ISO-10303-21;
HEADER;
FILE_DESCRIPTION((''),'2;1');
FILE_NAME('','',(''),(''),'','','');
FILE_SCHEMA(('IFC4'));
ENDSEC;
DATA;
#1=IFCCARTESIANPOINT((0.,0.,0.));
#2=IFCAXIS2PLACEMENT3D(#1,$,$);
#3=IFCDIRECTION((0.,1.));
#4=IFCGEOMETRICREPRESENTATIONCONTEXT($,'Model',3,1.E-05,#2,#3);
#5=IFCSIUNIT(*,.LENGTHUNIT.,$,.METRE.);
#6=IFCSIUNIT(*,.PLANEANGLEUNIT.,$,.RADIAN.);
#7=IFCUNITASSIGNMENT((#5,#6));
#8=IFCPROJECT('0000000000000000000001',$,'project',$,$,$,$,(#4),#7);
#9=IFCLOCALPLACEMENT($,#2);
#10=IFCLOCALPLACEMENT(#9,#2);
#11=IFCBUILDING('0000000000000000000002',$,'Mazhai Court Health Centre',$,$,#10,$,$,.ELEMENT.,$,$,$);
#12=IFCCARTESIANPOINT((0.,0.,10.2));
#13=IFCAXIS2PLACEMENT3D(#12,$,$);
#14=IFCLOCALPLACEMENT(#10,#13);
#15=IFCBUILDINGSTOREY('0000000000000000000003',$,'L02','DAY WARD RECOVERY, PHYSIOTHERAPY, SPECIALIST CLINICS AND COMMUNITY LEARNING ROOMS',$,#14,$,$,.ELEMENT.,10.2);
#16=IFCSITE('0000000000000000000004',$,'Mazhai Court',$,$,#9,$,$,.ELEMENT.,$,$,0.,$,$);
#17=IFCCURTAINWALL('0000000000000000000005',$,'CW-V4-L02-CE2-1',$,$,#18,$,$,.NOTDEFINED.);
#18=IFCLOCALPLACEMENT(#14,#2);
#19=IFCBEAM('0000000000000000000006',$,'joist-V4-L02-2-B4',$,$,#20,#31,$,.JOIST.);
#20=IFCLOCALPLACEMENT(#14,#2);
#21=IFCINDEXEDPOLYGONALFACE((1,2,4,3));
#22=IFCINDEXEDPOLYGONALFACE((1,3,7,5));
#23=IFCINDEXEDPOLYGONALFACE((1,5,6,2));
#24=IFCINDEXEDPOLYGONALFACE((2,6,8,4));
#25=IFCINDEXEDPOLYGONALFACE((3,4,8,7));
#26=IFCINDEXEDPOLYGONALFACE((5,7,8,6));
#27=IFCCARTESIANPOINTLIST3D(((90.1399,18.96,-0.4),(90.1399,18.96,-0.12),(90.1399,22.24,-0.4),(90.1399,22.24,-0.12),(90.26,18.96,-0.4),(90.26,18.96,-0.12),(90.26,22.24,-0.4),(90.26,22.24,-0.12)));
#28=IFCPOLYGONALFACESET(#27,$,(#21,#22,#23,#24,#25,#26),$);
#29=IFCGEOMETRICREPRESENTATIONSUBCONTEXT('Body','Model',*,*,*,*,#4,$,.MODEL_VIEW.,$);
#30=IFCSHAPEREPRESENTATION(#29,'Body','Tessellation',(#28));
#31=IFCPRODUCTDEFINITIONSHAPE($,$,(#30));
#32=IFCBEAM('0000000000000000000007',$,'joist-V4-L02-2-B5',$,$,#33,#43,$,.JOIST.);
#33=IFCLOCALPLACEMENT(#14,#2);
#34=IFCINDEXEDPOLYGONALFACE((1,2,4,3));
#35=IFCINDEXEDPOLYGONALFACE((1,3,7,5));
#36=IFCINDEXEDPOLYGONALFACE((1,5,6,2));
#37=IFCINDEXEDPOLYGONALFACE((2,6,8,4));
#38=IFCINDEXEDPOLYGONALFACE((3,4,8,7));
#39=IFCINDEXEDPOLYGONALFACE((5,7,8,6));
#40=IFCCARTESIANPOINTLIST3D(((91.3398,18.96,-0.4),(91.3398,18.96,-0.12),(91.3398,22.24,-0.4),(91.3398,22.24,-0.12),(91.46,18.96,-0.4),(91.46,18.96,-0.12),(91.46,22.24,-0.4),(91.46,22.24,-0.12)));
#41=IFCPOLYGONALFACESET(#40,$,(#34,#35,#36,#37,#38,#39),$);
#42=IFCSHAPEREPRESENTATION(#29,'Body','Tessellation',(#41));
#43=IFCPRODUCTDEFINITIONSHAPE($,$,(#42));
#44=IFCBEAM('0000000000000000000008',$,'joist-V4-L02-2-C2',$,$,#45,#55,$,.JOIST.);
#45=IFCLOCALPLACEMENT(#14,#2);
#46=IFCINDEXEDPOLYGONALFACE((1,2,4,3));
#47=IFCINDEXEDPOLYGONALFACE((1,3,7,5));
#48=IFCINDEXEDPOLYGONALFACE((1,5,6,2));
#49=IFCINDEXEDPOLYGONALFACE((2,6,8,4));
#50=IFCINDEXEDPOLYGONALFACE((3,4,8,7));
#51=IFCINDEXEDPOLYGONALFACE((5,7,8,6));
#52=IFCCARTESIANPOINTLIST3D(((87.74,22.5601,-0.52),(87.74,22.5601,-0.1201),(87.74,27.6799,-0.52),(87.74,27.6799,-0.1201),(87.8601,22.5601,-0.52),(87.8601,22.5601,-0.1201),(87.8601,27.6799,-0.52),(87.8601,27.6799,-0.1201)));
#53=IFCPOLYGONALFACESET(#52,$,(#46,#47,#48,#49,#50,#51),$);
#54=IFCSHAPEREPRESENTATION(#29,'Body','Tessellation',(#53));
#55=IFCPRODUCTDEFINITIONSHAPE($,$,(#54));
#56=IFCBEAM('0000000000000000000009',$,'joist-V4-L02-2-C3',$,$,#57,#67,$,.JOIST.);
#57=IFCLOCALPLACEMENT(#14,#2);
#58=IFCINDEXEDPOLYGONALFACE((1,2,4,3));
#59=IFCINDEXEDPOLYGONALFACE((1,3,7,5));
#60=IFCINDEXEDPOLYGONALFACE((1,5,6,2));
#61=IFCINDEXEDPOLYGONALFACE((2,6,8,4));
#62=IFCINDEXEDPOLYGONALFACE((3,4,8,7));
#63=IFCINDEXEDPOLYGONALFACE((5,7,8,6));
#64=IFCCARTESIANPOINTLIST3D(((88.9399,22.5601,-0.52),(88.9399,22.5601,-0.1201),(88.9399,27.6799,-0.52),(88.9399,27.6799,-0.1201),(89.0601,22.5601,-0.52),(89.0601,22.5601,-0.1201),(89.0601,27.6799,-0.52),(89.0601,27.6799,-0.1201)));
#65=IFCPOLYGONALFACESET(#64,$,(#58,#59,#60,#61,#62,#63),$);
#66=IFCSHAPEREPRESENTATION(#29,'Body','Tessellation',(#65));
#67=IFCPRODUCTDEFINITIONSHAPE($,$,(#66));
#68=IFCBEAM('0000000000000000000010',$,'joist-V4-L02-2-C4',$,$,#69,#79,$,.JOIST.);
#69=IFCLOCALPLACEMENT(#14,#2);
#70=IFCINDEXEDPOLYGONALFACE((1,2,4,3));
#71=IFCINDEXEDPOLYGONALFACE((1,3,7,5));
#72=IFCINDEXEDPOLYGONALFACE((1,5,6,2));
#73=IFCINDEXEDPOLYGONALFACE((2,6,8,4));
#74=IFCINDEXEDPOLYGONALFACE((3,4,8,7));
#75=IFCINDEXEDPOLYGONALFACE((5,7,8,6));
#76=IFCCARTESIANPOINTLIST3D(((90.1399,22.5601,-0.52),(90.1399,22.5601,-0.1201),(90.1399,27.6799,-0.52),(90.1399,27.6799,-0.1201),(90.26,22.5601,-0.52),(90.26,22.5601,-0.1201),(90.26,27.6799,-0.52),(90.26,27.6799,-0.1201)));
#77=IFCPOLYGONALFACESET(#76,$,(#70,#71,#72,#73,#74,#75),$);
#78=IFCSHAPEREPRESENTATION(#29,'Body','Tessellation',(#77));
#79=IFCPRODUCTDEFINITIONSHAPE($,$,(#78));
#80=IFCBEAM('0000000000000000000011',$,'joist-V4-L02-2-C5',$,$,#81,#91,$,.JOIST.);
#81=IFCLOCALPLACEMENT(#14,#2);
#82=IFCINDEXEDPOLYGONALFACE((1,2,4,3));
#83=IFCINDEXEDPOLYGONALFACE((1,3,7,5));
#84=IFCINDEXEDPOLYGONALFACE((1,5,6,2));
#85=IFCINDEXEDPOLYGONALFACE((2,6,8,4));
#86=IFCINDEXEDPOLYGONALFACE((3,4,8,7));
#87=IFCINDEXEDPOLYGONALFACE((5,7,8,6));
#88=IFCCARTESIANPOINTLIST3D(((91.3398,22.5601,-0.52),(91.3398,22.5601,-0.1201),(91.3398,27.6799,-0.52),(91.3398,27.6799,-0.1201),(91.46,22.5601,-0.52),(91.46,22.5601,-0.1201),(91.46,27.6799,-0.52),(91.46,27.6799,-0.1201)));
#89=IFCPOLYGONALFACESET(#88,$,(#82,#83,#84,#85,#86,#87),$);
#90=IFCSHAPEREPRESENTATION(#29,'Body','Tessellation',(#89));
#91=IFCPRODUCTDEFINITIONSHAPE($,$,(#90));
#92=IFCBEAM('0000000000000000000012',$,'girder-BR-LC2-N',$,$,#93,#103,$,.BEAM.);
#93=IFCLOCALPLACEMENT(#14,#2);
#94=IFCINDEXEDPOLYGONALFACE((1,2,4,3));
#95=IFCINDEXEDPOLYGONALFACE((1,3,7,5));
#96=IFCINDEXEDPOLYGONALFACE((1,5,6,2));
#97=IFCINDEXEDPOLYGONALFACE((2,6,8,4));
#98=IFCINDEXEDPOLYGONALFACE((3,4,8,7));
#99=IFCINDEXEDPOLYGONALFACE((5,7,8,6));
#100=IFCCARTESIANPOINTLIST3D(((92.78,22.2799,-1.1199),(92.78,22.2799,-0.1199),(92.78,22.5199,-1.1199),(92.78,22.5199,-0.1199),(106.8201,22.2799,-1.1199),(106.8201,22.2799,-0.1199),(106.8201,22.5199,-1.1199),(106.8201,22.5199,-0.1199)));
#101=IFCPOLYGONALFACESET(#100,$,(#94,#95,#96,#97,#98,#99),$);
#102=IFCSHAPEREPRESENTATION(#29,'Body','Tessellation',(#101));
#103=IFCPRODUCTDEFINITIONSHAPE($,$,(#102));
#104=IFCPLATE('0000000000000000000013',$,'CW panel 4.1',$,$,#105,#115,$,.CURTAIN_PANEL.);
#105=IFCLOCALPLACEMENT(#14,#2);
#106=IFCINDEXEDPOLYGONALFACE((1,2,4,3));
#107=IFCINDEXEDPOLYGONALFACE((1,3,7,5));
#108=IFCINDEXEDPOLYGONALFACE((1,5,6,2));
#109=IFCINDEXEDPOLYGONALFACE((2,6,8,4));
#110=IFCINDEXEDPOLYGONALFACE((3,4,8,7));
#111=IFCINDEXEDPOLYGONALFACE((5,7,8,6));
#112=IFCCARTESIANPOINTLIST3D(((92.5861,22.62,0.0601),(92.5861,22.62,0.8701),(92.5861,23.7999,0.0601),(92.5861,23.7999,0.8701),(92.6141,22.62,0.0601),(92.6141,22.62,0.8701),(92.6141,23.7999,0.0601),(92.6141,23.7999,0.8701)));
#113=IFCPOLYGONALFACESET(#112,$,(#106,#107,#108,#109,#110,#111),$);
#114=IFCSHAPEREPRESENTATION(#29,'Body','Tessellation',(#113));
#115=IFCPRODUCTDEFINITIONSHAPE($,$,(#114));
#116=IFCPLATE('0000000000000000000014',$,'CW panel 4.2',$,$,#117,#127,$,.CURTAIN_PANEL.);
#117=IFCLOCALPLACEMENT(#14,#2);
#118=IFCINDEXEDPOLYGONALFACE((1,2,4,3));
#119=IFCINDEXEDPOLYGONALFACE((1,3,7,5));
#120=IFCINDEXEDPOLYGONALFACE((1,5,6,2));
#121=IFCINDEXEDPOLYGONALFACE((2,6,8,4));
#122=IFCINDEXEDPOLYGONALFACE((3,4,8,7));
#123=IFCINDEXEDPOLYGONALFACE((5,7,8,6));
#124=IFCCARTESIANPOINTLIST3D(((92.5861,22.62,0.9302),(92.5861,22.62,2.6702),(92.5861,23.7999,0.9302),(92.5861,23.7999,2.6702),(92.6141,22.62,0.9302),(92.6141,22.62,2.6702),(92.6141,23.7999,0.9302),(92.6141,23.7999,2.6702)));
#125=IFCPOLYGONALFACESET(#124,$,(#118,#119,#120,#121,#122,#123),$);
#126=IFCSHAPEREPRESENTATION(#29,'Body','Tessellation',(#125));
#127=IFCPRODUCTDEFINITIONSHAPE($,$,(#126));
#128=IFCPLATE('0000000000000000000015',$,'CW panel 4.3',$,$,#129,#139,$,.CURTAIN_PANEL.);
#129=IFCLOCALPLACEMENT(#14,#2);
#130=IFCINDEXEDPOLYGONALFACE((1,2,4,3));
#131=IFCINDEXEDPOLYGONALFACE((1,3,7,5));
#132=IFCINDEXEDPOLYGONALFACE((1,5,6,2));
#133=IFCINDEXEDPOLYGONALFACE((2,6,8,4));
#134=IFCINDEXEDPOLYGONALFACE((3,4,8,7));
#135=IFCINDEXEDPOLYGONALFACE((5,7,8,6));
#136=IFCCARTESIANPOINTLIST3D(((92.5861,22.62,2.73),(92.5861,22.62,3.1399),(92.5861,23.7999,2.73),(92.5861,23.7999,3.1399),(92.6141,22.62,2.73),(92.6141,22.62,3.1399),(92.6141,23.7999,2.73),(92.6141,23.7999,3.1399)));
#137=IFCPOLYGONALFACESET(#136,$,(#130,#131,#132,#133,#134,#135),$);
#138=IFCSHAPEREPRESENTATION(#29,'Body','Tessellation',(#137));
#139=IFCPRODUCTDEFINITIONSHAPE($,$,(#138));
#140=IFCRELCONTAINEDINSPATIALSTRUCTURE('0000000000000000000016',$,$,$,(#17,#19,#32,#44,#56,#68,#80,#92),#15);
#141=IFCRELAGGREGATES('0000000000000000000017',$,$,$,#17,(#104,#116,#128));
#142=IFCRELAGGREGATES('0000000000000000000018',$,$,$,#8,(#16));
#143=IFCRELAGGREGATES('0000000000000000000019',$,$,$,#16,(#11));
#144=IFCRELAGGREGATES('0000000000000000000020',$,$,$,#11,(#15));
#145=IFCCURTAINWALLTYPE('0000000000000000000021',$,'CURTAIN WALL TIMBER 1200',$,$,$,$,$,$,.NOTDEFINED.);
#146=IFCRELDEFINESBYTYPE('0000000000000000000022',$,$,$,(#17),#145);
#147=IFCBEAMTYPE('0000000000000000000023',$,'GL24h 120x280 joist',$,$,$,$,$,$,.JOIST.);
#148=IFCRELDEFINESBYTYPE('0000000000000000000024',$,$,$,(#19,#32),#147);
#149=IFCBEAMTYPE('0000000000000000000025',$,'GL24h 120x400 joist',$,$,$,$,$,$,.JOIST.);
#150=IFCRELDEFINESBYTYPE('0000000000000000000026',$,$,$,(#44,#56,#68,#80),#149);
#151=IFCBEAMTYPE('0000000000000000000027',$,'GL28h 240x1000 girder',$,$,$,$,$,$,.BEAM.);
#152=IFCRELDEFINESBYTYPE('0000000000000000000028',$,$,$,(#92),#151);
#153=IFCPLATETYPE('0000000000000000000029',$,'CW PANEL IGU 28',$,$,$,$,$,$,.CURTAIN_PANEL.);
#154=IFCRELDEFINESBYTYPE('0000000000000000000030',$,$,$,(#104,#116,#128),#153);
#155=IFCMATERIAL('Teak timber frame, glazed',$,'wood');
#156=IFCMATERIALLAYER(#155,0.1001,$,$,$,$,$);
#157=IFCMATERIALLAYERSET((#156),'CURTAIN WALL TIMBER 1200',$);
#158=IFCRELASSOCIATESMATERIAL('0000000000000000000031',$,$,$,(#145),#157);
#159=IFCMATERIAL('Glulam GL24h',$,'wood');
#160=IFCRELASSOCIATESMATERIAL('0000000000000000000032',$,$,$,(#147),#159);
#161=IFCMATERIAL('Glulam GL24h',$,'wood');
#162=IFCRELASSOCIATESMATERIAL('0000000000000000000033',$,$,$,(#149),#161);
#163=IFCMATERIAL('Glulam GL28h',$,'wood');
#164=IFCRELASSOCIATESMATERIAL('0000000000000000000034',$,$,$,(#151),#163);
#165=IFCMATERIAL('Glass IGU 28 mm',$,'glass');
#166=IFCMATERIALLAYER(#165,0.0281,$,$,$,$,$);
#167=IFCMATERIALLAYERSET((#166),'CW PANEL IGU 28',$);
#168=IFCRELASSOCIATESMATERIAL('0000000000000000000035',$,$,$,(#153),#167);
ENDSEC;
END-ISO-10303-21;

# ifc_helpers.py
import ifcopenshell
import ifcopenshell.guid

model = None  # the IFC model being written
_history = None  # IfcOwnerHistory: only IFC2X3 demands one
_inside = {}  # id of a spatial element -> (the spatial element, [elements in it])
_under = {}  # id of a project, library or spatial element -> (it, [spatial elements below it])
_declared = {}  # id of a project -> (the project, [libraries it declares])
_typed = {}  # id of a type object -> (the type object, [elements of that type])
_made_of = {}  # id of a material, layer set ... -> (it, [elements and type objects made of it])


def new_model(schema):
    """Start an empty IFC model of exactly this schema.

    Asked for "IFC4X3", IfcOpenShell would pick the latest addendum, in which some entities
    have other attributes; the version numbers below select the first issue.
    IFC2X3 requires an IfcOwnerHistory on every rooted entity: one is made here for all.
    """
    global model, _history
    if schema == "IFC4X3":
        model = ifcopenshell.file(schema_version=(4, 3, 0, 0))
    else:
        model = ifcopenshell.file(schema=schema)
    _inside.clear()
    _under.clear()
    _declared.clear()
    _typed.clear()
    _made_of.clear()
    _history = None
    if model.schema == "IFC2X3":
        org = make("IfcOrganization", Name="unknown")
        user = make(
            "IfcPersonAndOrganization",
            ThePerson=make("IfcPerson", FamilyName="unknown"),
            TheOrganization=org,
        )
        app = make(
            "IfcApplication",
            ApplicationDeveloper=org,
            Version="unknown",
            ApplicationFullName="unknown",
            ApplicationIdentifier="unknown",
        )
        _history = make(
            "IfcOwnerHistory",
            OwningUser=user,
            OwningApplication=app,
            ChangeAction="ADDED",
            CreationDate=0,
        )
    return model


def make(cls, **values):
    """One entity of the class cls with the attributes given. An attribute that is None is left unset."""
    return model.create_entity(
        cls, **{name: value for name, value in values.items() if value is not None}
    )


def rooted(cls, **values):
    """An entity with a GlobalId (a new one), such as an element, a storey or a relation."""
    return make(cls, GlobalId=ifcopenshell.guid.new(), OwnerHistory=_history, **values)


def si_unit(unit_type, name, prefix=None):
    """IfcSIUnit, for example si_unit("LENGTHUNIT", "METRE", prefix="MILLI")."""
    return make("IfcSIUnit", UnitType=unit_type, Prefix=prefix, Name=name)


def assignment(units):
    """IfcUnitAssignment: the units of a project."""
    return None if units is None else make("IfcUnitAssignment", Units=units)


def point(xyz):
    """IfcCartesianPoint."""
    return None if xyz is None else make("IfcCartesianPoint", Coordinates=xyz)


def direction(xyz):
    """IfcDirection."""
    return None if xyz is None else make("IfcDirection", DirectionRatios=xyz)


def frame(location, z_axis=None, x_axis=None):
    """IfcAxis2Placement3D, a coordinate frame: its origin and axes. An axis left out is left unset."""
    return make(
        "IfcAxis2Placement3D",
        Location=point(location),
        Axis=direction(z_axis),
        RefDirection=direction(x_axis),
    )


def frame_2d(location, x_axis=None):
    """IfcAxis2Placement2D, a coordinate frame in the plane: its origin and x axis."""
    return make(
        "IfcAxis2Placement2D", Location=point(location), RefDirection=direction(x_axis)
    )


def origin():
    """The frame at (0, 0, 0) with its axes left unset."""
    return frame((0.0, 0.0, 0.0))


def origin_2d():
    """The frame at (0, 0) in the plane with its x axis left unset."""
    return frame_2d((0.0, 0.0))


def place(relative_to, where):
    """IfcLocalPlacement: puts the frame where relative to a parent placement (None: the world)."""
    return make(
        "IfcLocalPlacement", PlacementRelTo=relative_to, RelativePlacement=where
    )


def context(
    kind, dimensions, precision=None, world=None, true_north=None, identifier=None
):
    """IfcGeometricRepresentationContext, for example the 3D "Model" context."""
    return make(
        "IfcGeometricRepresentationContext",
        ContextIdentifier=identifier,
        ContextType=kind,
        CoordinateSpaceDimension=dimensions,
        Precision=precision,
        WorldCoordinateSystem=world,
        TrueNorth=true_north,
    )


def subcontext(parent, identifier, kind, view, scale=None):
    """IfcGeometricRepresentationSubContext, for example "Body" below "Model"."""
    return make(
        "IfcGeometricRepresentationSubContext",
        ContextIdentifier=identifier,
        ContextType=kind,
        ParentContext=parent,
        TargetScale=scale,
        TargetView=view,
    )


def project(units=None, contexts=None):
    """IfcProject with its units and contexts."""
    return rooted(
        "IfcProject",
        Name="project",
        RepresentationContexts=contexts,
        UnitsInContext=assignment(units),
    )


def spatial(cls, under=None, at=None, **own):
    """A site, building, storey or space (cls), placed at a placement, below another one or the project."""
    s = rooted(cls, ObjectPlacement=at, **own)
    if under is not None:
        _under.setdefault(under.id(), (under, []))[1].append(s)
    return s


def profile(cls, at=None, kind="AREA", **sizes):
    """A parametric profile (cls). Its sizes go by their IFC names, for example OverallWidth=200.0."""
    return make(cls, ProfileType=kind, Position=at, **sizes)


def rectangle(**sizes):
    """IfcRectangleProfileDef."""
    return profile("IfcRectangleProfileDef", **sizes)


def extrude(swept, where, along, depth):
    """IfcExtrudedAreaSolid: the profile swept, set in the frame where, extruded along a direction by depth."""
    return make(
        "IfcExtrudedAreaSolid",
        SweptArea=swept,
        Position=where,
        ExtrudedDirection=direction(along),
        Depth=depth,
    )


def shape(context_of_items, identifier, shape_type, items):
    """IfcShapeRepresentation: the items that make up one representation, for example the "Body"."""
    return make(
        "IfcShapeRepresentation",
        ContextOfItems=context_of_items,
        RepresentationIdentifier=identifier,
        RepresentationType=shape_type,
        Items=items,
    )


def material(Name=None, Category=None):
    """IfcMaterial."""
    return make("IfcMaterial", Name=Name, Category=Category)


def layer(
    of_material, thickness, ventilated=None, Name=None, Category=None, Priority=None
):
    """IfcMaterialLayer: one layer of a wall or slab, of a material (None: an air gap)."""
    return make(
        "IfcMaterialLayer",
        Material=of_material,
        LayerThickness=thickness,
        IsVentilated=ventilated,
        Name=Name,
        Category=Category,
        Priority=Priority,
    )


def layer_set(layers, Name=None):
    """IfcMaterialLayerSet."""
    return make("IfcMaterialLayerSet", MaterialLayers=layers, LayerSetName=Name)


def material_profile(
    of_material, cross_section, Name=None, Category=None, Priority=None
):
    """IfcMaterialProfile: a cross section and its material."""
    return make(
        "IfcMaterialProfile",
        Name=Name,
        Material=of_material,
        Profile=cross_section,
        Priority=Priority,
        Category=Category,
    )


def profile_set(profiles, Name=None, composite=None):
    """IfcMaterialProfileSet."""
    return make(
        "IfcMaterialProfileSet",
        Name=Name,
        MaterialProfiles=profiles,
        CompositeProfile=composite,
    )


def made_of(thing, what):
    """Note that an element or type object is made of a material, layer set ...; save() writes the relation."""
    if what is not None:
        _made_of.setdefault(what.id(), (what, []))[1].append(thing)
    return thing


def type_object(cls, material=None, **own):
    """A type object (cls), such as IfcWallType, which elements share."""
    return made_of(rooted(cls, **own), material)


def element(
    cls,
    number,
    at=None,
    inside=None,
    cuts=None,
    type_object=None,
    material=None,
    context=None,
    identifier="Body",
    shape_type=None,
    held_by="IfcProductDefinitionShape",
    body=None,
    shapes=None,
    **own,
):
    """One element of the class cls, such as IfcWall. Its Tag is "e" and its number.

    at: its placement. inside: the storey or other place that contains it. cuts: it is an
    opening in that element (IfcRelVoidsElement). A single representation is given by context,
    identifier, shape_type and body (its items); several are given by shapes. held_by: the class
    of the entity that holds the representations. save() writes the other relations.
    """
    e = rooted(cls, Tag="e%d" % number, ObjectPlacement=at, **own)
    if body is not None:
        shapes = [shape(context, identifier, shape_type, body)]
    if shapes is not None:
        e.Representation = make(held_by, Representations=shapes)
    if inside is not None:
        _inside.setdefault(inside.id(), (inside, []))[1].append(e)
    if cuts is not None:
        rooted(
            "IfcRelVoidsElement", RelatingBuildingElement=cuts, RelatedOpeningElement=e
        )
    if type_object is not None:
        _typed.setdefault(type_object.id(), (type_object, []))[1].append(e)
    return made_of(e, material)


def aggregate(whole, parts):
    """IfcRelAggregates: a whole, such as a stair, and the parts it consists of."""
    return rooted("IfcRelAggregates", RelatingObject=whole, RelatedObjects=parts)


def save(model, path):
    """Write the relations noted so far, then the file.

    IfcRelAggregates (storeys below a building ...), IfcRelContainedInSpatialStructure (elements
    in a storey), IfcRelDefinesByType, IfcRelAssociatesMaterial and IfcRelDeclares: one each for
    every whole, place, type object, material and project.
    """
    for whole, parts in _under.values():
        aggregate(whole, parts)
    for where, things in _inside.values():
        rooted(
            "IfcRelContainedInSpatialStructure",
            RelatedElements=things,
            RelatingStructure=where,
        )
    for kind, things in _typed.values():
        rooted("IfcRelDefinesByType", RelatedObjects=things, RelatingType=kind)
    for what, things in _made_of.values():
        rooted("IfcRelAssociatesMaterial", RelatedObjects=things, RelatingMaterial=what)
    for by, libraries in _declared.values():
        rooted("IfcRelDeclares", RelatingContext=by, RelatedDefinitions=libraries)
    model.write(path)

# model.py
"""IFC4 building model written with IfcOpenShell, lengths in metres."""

from ifc_helpers import new_model, si_unit, direction, frame, origin, origin_2d, place, context, subcontext, project, spatial, rectangle, extrude, material, layer, layer_set, material_profile, profile_set, type_object, element, aggregate, save


model = new_model("IFC4")

# Units and contexts
model_context = context("Model", 3, precision=1e-05, world=origin(), true_north=direction((0.0, 1.0)))
body_context = subcontext(model_context, "Body", "Model", "MODEL_VIEW")
ifc_project = project(units=[si_unit("LENGTHUNIT", "METRE"), si_unit("PLANEANGLEUNIT", "RADIAN")], contexts=[model_context])

# Site, building, storey
site_placement = place(None, origin())
site = spatial("IfcSite", under=ifc_project, at=site_placement, Name="Mazhai Court", CompositionType="ELEMENT", RefElevation=0.0)
building_placement = place(site_placement, origin())
building = spatial("IfcBuilding", under=site, at=building_placement, Name="Mazhai Court Health Centre", CompositionType="ELEMENT")
storey_placement = place(building_placement, frame((0.0, 0.0, 10.2)))
storey = spatial("IfcBuildingStorey", under=building, at=storey_placement, Name="L02", Description="DAY WARD RECOVERY, PHYSIOTHERAPY, SPECIALIST CLINICS AND COMMUNITY LEARNING ROOMS", CompositionType="ELEMENT", Elevation=10.2)

# Curtain wall
ifc_material_1 = material(Name="Teak timber frame, glazed", Category="wood")
ifc_layer_1 = layer(ifc_material_1, 0.1001)
ifc_layer_set_1 = layer_set([ifc_layer_1], Name="CURTAIN WALL TIMBER 1200")
curtain_wall_type = type_object("IfcCurtainWallType", Name="CURTAIN WALL TIMBER 1200", PredefinedType="NOTDEFINED", material=ifc_layer_set_1)
curtain_wall_1_placement = place(storey_placement, origin())
curtain_wall_1 = element("IfcCurtainWall", 1, at=curtain_wall_1_placement, inside=storey, type_object=curtain_wall_type, Name="CW-V4-L02-CE2-1", PredefinedType="NOTDEFINED")

# Beams
ifc_material_2 = material(Name="Glulam GL24h", Category="wood")
ifc_material_profile_1 = material_profile(ifc_material_2, rectangle(XDim=0.1201, YDim=0.28, at=origin_2d()), Name="GL24h 120x280")
ifc_profile_set_1 = profile_set([ifc_material_profile_1], Name="Glulam GL24h")
beam_type_1 = type_object("IfcBeamType", Name="GL24h 120x280 joist", PredefinedType="JOIST", material=ifc_profile_set_1)
for number, where, z_axis, x_axis, name in (
    (2, (90.2, 18.96, -0.26), (0.0, 1.0, 0.0), (-1.0, 0.0, 0.0), "joist-V4-L02-2-B4"),
    (3, (91.3999, 18.96, -0.26), (0.0, 1.0, 0.0), (-1.0, 0.0, 0.0), "joist-V4-L02-2-B5"),
):
    element("IfcBeam", number, at=place(storey_placement, frame(where, z_axis=z_axis, x_axis=x_axis)), inside=storey, type_object=beam_type_1, Name=name, PredefinedType="JOIST", context=body_context, shape_type="SweptSolid", body=[
        extrude(rectangle(XDim=0.1201, YDim=0.28, at=origin_2d()), origin(), (0.0, 0.0, 1.0), 3.28),
    ])
ifc_material_3 = material(Name="Glulam GL24h", Category="wood")
ifc_material_profile_2 = material_profile(ifc_material_3, rectangle(XDim=0.1201, YDim=0.3999, at=origin_2d()), Name="GL24h 120x400")
ifc_profile_set_2 = profile_set([ifc_material_profile_2], Name="Glulam GL24h")
beam_type_2 = type_object("IfcBeamType", Name="GL24h 120x400 joist", PredefinedType="JOIST", material=ifc_profile_set_2)
for number, where, z_axis, x_axis, name in (
    (4, (87.8, 22.5601, -0.3201), (0.0, 1.0, 0.0), (-1.0, 0.0, 0.0), "joist-V4-L02-2-C2"),
    (5, (89.0, 22.5601, -0.3201), (0.0, 1.0, 0.0), (-1.0, 0.0, 0.0), "joist-V4-L02-2-C3"),
    (6, (90.2, 22.5601, -0.3201), (0.0, 1.0, 0.0), (-1.0, 0.0, 0.0), "joist-V4-L02-2-C4"),
    (7, (91.3999, 22.5601, -0.3201), (0.0, 1.0, 0.0), (-1.0, 0.0, 0.0), "joist-V4-L02-2-C5"),
):
    element("IfcBeam", number, at=place(storey_placement, frame(where, z_axis=z_axis, x_axis=x_axis)), inside=storey, type_object=beam_type_2, Name=name, PredefinedType="JOIST", context=body_context, shape_type="SweptSolid", body=[
        extrude(rectangle(XDim=0.1201, YDim=0.3999, at=origin_2d()), origin(), (0.0, 0.0, 1.0), 5.1199),
    ])
ifc_material_4 = material(Name="Glulam GL28h", Category="wood")
ifc_material_profile_3 = material_profile(ifc_material_4, rectangle(XDim=0.24, YDim=1.0, at=origin_2d()), Name="GL28h 240x1000")
ifc_profile_set_3 = profile_set([ifc_material_profile_3], Name="Glulam GL28h")
beam_type_3 = type_object("IfcBeamType", Name="GL28h 240x1000 girder", PredefinedType="BEAM", material=ifc_profile_set_3)
beam_placement = place(storey_placement, frame((92.78, 22.3999, -0.6199), z_axis=(1.0, 0.0, 0.0), x_axis=(0.0, 1.0, 0.0)))
element("IfcBeam", 8, at=beam_placement, inside=storey, type_object=beam_type_3, Name="girder-BR-LC2-N", PredefinedType="BEAM", context=body_context, shape_type="SweptSolid", body=[
    extrude(rectangle(XDim=0.24, YDim=1.0, at=origin_2d()), origin(), (0.0, 0.0, 1.0), 14.04),
])

# Plates
ifc_material_5 = material(Name="Glass IGU 28 mm", Category="glass")
ifc_layer_2 = layer(ifc_material_5, 0.0281)
ifc_layer_set_2 = layer_set([ifc_layer_2], Name="CW PANEL IGU 28")
plate_type = type_object("IfcPlateType", Name="CW PANEL IGU 28", PredefinedType="CURTAIN_PANEL", material=ifc_layer_set_2)
plate_1_placement = place(storey_placement, frame((92.6001, 23.21, 0.0601), z_axis=(0.0, 0.0, 1.0), x_axis=(0.0, -1.0, 0.0)))
plate_1 = element("IfcPlate", 9, at=plate_1_placement, type_object=plate_type, Name="CW panel 4.1", PredefinedType="CURTAIN_PANEL", context=body_context, shape_type="SweptSolid", body=[
    extrude(rectangle(XDim=1.1799, YDim=0.0281, at=origin_2d()), origin(), (0.0, 0.0, 1.0), 0.8101),
])
plate_2_placement = place(storey_placement, frame((92.6001, 23.21, 0.9302), z_axis=(0.0, 0.0, 1.0), x_axis=(0.0, -1.0, 0.0)))
plate_2 = element("IfcPlate", 10, at=plate_2_placement, type_object=plate_type, Name="CW panel 4.2", PredefinedType="CURTAIN_PANEL", context=body_context, shape_type="SweptSolid", body=[
    extrude(rectangle(XDim=1.1799, YDim=0.0281, at=origin_2d()), origin(), (0.0, 0.0, 1.0), 1.74),
])
plate_3_placement = place(storey_placement, frame((92.6001, 23.21, 2.73), z_axis=(0.0, 0.0, 1.0), x_axis=(0.0, -1.0, 0.0)))
plate_3 = element("IfcPlate", 11, at=plate_3_placement, type_object=plate_type, Name="CW panel 4.3", PredefinedType="CURTAIN_PANEL", context=body_context, shape_type="SweptSolid", body=[
    extrude(rectangle(XDim=1.1799, YDim=0.0281, at=origin_2d()), origin(), (0.0, 0.0, 1.0), 0.4099),
])
aggregate(curtain_wall_1, [plate_1, plate_2, plate_3])

save(model, "model.ifc")
